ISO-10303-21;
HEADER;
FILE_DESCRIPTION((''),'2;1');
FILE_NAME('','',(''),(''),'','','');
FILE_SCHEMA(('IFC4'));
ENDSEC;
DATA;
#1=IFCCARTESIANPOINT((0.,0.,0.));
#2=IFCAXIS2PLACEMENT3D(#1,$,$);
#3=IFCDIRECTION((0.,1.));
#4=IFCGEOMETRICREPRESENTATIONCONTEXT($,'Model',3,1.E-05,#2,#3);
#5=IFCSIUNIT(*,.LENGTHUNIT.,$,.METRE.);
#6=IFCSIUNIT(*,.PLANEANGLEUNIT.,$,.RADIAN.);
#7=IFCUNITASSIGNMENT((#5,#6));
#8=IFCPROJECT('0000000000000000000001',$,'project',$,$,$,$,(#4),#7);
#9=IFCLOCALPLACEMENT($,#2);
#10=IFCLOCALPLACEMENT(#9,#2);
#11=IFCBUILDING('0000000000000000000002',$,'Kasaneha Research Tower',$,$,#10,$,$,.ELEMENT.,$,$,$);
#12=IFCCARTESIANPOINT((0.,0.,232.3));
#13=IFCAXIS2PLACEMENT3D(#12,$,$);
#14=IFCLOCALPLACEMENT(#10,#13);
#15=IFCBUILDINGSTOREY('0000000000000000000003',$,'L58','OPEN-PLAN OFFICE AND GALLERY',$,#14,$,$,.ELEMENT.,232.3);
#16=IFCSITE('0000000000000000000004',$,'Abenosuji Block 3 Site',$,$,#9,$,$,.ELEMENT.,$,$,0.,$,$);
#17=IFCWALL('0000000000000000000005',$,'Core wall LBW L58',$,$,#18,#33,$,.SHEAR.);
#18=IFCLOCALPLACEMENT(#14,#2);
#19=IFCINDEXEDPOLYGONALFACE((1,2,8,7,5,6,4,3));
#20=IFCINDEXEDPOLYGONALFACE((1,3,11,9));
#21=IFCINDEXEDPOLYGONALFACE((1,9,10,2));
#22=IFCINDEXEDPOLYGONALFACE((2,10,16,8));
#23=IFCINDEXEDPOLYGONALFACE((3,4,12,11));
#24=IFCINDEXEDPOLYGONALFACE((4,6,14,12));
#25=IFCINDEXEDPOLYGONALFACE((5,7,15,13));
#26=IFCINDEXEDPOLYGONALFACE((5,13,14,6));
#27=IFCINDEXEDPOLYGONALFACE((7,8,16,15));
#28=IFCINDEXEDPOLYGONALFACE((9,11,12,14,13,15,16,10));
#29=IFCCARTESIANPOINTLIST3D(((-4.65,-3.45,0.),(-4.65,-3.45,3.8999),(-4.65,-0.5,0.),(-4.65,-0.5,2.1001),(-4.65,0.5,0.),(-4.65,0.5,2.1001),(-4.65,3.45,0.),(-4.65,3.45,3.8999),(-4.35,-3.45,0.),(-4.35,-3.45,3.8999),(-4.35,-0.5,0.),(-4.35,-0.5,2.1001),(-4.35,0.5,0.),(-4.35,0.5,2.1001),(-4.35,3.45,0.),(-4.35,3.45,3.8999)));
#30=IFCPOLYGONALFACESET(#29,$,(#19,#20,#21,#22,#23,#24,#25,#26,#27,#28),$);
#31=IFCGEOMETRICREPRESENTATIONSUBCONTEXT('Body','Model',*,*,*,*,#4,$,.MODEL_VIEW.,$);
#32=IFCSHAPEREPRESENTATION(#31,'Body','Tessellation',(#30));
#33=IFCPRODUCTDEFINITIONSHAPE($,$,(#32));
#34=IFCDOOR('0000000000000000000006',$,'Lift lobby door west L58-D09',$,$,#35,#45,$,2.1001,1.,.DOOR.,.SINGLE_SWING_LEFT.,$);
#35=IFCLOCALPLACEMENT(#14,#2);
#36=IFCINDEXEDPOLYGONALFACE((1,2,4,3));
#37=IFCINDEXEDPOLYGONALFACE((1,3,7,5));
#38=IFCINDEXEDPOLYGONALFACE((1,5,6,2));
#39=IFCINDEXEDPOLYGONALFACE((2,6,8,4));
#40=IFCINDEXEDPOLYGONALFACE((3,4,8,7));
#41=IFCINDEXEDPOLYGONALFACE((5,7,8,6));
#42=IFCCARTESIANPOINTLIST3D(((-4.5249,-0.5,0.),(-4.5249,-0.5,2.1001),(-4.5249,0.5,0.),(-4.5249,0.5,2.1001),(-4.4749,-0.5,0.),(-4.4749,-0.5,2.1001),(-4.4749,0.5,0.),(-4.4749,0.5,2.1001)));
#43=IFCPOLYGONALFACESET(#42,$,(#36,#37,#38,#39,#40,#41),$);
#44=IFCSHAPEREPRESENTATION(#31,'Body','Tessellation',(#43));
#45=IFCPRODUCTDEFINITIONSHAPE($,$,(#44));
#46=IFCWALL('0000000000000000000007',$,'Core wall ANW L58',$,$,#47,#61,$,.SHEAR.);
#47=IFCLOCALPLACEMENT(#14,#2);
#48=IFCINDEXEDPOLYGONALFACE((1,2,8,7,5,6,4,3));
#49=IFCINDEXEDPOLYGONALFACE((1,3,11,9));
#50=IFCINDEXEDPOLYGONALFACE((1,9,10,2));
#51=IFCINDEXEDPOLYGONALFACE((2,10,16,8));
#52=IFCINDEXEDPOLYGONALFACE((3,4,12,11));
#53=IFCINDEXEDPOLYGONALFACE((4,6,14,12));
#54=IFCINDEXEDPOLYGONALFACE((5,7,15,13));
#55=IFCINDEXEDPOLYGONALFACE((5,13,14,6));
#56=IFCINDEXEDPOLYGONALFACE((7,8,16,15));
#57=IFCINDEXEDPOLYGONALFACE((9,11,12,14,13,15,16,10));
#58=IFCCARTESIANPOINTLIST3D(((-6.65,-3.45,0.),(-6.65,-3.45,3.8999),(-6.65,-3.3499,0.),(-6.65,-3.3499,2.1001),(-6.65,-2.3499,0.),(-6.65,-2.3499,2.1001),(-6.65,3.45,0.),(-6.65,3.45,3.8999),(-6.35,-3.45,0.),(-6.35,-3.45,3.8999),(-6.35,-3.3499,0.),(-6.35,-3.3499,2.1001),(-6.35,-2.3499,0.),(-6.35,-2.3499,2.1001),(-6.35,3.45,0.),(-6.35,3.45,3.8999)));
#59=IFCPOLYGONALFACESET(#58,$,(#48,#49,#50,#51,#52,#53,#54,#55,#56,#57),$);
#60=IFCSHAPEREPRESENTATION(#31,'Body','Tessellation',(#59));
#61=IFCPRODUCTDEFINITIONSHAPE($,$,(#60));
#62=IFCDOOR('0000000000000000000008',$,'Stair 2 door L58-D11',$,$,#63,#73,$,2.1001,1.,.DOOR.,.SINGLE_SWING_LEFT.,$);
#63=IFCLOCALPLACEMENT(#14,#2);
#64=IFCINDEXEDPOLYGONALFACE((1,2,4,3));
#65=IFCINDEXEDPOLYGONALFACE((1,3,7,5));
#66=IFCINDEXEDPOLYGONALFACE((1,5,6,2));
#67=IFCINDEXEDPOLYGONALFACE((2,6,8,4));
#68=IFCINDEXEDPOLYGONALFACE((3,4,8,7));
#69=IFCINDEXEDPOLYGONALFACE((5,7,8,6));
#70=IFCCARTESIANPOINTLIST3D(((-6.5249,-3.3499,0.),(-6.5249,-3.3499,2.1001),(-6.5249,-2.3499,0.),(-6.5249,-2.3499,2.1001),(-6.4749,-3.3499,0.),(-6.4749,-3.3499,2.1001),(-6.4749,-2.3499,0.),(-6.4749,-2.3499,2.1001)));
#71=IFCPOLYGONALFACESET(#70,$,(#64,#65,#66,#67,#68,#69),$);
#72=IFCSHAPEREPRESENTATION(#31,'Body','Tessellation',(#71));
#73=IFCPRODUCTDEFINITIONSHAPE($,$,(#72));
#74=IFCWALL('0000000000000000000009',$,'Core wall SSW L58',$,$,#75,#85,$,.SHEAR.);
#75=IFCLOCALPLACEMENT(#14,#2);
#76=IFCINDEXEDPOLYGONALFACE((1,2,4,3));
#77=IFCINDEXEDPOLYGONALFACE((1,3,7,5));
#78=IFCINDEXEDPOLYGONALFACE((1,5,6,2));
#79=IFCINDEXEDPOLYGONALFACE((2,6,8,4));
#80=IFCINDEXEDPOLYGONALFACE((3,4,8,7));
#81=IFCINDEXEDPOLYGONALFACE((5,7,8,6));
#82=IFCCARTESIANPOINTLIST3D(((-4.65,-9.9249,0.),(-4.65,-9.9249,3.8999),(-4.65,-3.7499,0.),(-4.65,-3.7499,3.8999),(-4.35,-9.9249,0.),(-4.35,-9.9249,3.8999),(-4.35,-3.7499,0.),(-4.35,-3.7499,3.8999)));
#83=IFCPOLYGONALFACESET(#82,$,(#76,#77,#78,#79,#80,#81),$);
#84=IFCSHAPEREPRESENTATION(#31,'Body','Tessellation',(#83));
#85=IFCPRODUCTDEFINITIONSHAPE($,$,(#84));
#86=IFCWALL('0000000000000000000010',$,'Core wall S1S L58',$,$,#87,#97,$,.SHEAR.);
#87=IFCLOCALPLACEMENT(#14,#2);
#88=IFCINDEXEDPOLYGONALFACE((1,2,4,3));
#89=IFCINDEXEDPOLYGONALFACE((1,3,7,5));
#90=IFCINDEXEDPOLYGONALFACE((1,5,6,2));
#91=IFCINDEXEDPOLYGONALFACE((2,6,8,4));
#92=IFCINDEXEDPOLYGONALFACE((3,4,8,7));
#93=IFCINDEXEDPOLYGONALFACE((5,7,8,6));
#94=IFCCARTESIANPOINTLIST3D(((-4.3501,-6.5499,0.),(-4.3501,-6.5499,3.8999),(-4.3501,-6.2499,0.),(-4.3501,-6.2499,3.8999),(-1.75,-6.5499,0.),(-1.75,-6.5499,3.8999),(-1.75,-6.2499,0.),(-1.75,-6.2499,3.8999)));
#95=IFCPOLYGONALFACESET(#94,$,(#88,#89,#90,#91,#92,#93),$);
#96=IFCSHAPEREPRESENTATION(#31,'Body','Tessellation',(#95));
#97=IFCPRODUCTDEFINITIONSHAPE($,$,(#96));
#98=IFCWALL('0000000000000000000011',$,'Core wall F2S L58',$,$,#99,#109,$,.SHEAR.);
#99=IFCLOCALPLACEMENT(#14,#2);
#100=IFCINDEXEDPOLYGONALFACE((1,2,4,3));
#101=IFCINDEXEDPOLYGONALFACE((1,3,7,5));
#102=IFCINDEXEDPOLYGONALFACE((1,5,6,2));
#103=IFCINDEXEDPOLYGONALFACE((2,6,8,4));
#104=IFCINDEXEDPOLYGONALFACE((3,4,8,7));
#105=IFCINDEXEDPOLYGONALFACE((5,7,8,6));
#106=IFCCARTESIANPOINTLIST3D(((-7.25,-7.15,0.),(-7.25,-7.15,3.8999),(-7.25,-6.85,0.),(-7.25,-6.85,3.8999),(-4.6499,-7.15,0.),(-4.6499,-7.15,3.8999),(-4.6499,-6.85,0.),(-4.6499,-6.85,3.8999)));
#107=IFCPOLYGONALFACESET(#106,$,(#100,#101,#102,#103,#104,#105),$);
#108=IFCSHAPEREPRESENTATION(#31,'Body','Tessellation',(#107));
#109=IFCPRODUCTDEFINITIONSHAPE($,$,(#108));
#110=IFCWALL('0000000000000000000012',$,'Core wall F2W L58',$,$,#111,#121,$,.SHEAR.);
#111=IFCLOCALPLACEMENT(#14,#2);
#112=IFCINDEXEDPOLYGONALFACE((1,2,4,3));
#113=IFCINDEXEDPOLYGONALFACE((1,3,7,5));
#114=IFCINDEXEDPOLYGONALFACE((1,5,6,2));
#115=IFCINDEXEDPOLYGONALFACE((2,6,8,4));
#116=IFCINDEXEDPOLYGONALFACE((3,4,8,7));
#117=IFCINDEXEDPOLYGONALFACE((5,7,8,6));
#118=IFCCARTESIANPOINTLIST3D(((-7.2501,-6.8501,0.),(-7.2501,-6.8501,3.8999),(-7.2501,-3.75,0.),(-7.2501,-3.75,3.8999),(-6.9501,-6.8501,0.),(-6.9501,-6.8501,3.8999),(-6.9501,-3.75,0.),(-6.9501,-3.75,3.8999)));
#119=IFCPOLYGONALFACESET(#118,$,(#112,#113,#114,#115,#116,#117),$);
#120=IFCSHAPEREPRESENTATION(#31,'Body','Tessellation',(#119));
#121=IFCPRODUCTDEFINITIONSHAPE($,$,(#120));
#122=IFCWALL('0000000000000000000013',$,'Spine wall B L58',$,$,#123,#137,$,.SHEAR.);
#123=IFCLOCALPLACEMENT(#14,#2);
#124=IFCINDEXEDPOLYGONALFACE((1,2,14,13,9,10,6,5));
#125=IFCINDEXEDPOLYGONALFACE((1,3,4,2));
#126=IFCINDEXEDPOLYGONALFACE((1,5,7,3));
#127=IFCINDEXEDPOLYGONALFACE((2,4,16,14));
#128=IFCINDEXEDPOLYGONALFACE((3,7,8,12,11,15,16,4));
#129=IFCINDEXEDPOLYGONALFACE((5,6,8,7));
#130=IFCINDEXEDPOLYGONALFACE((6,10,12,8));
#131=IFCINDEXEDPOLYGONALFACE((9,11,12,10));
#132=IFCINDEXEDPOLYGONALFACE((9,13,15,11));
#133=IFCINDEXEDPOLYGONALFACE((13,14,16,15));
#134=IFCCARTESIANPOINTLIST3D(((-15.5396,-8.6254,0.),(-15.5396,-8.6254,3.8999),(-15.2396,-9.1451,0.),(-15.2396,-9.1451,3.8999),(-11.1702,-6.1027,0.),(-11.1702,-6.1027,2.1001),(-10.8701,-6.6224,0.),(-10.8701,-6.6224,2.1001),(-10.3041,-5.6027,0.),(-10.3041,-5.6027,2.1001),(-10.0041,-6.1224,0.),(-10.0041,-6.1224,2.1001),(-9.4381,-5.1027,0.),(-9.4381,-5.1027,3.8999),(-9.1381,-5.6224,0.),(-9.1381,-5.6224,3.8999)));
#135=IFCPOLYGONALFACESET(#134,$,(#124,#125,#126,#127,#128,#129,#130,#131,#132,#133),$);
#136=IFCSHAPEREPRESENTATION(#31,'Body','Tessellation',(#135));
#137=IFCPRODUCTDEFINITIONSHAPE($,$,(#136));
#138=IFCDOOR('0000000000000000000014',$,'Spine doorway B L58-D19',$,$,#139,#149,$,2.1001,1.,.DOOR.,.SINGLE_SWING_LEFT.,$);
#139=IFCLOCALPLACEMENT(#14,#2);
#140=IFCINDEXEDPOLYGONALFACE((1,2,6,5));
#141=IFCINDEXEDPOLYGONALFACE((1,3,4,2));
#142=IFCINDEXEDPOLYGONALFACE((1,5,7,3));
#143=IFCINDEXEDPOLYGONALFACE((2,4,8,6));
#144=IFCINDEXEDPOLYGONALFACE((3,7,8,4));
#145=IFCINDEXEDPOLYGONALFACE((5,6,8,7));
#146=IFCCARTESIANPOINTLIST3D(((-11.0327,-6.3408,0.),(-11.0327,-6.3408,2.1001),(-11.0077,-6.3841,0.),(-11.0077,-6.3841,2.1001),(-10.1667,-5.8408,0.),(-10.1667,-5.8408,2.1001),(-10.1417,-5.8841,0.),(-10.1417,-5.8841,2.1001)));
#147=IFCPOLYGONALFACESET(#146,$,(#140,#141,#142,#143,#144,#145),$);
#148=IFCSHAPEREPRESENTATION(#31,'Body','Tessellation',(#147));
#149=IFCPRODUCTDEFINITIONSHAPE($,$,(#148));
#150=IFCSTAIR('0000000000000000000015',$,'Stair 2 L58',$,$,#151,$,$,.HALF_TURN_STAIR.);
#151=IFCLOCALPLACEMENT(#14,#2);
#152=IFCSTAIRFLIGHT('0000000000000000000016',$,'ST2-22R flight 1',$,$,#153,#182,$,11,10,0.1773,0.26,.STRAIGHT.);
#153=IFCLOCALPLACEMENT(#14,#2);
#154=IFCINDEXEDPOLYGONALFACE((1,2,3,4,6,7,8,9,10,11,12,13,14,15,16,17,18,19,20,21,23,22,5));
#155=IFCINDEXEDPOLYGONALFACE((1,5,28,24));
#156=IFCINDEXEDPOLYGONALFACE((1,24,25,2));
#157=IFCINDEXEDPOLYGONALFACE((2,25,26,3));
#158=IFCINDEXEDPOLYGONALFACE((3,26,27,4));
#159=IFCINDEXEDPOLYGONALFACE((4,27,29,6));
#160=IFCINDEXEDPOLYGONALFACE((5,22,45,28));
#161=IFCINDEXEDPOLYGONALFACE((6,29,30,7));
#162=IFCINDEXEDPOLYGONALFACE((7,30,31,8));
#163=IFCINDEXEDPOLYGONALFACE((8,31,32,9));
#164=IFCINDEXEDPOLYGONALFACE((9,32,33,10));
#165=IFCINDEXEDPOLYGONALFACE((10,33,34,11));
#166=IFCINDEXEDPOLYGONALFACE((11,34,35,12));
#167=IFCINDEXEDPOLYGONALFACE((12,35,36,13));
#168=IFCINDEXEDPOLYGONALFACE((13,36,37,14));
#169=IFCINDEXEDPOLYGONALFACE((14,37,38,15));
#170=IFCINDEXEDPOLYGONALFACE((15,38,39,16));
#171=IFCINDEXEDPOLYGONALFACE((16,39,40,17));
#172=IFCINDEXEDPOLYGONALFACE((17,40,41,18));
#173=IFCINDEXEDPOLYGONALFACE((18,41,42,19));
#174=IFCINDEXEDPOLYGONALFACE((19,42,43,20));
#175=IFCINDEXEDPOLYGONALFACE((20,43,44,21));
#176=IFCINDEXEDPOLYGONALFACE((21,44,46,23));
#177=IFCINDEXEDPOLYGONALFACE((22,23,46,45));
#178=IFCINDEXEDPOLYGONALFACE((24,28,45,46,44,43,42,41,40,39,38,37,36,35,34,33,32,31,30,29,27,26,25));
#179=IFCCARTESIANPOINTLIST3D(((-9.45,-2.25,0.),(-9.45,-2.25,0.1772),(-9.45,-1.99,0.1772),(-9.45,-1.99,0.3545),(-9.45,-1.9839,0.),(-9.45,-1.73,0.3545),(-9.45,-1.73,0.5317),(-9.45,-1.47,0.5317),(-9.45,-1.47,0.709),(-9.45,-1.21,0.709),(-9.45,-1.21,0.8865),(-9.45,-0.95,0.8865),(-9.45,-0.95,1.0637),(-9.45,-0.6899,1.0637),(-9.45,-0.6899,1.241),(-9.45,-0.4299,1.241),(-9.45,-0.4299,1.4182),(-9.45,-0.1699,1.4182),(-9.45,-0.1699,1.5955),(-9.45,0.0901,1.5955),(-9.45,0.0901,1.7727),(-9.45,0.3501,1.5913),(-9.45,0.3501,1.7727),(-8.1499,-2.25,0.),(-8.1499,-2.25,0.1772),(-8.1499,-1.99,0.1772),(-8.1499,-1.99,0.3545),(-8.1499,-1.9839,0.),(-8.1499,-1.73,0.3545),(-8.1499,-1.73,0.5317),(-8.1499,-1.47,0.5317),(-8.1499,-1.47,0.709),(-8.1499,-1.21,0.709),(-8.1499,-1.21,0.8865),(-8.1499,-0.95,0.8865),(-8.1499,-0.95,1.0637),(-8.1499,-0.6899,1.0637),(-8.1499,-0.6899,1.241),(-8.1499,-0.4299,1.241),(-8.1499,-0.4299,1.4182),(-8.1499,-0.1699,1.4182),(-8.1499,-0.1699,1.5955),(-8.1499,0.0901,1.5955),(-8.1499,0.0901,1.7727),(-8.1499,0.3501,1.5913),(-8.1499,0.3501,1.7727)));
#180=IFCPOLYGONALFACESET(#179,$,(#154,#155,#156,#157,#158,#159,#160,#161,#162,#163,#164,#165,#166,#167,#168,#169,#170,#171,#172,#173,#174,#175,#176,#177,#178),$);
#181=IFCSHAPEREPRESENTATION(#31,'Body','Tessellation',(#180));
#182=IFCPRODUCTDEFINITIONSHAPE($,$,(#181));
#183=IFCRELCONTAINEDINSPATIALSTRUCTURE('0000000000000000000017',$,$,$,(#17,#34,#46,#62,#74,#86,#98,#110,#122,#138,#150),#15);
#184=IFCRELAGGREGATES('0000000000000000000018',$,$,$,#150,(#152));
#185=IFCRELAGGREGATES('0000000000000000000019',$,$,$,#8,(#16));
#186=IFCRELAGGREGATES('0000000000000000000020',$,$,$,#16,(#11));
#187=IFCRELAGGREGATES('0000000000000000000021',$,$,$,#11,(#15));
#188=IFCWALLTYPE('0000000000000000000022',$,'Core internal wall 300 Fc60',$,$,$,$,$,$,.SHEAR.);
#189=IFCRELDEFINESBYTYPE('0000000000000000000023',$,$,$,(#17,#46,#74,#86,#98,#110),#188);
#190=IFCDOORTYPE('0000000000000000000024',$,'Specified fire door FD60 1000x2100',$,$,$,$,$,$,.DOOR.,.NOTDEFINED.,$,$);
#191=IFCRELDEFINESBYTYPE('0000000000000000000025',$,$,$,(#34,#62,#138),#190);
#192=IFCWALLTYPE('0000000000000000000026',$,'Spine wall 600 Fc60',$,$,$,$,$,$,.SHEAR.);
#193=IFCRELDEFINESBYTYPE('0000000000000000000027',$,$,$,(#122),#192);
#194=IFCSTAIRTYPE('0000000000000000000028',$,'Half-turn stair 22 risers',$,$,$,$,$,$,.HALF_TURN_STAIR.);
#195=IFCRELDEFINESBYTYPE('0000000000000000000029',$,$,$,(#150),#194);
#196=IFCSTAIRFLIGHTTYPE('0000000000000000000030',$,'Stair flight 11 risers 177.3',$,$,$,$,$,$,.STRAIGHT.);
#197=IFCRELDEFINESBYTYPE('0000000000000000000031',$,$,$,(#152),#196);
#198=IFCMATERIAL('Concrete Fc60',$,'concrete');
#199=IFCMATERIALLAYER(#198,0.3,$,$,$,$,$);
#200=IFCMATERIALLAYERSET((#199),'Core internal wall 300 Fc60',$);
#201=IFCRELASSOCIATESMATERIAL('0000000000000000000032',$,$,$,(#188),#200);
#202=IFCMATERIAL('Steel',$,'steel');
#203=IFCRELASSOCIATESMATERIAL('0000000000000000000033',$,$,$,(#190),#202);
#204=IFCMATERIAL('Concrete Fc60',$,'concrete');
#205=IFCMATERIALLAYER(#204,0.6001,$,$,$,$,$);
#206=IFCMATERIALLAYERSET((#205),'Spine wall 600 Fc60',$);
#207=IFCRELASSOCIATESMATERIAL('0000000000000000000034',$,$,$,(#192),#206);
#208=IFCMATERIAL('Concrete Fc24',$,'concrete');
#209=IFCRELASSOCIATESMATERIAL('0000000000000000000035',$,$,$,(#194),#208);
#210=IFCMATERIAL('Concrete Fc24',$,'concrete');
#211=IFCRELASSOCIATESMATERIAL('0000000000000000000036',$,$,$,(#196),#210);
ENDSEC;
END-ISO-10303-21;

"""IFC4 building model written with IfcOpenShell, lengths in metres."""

from ifc_helpers import new_model, si_unit, direction, frame, frame_2d, origin, place, context, subcontext, project, spatial, polyline, rectangle, outline, extrude, material, layer, layer_set, type_object, element, fill, aggregate, save


model = new_model("IFC4")

# Units and contexts
model_context = context("Model", 3, precision=1e-05, world=origin(), true_north=direction((0.0, 1.0)))
body_context = subcontext(model_context, "Body", "Model", "MODEL_VIEW")
ifc_project = project(units=[si_unit("LENGTHUNIT", "METRE"), si_unit("PLANEANGLEUNIT", "RADIAN")], contexts=[model_context])

# Site, building, storey
site_placement = place(None, origin())
site = spatial("IfcSite", under=ifc_project, at=site_placement, Name="Abenosuji Block 3 Site", CompositionType="ELEMENT", RefElevation=0.0)
building_placement = place(site_placement, origin())
building = spatial("IfcBuilding", under=site, at=building_placement, Name="Kasaneha Research Tower", CompositionType="ELEMENT")
storey_placement = place(building_placement, frame((0.0, 0.0, 232.3)))
storey = spatial("IfcBuildingStorey", under=building, at=storey_placement, Name="L58", Description="OPEN-PLAN OFFICE AND GALLERY", CompositionType="ELEMENT", Elevation=232.3)

# Shared definitions
ifc_material_1 = material(Name="Concrete Fc60", Category="concrete")
ifc_layer_1 = layer(ifc_material_1, 0.3)
ifc_layer_set_1 = layer_set([ifc_layer_1], Name="Core internal wall 300 Fc60")
wall_type_1 = type_object("IfcWallType", Name="Core internal wall 300 Fc60", PredefinedType="SHEAR", material=ifc_layer_set_1)

# Walls, openings, doors
wall_1_placement = place(storey_placement, frame((-4.5, -3.45, 0.0), z_axis=(0.0, 0.0, 1.0), x_axis=(0.0, 1.0, 0.0)))
wall_1 = element("IfcWall", 1, at=wall_1_placement, inside=storey, type_object=wall_type_1, Name="Core wall LBW L58", PredefinedType="SHEAR", context=body_context, shape_type="SweptSolid", body=[
    extrude(rectangle(XDim=6.8999, YDim=0.3, at=frame_2d((3.45, 0.0))), origin(), (0.0, 0.0, 1.0), 3.8999),
])
opening_1_placement = place(wall_1_placement, frame((2.95, 0.0, 0.0)))
opening_1 = element("IfcOpeningElement", 2, at=opening_1_placement, cuts=wall_1, PredefinedType="OPENING", context=body_context, shape_type="SweptSolid", body=[
    extrude(rectangle(XDim=1.0, YDim=2.1001, at=frame_2d((0.5, 1.05))), frame((0.0, 0.1602, 0.0), z_axis=(0.0, -1.0, 0.0), x_axis=(1.0, 0.0, 0.0)), (0.0, 0.0, 1.0), 0.3201),
])
ifc_material_2 = material(Name="Steel", Category="steel")
door_type_1 = type_object("IfcDoorType", Name="Specified fire door FD60 1000x2100", OperationType="NOTDEFINED", PredefinedType="DOOR", material=ifc_material_2)
door_1_placement = place(opening_1_placement, origin())
door_1 = element("IfcDoor", 3, at=door_1_placement, inside=storey, type_object=door_type_1, Name="Lift lobby door west L58-D09", OperationType="SINGLE_SWING_LEFT", OverallHeight=2.1001, OverallWidth=1.0, PredefinedType="DOOR", context=body_context, shape_type="SweptSolid", body=[
    extrude(rectangle(XDim=1.0, YDim=2.1001, at=frame_2d((0.5, 1.05))), frame((0.0, 0.0249, 0.0), z_axis=(0.0, -1.0, 0.0), x_axis=(1.0, 0.0, 0.0)), (0.0, 0.0, 1.0), 0.05),
])
fill(opening_1, door_1)
wall_2_placement = place(storey_placement, frame((-6.5, -3.45, 0.0), z_axis=(0.0, 0.0, 1.0), x_axis=(0.0, 1.0, 0.0)))
wall_2 = element("IfcWall", 4, at=wall_2_placement, inside=storey, type_object=wall_type_1, Name="Core wall ANW L58", PredefinedType="SHEAR", context=body_context, shape_type="SweptSolid", body=[
    extrude(rectangle(XDim=6.8999, YDim=0.3, at=frame_2d((3.45, 0.0))), origin(), (0.0, 0.0, 1.0), 3.8999),
])
opening_2_placement = place(wall_2_placement, frame((0.1001, 0.0, 0.0)))
opening_2 = element("IfcOpeningElement", 5, at=opening_2_placement, cuts=wall_2, PredefinedType="OPENING", context=body_context, shape_type="SweptSolid", body=[
    extrude(rectangle(XDim=1.0, YDim=2.1001, at=frame_2d((0.5, 1.05))), frame((0.0, 0.1602, 0.0), z_axis=(0.0, -1.0, 0.0), x_axis=(1.0, 0.0, 0.0)), (0.0, 0.0, 1.0), 0.3201),
])
door_2_placement = place(opening_2_placement, origin())
door_2 = element("IfcDoor", 6, at=door_2_placement, inside=storey, type_object=door_type_1, Name="Stair 2 door L58-D11", OperationType="SINGLE_SWING_LEFT", OverallHeight=2.1001, OverallWidth=1.0, PredefinedType="DOOR", context=body_context, shape_type="SweptSolid", body=[
    extrude(rectangle(XDim=1.0, YDim=2.1001, at=frame_2d((0.5, 1.05))), frame((0.0, 0.0249, 0.0), z_axis=(0.0, -1.0, 0.0), x_axis=(1.0, 0.0, 0.0)), (0.0, 0.0, 1.0), 0.05),
])
fill(opening_2, door_2)

# Walls
wall_3_placement = place(storey_placement, frame((-4.5, -3.75, 0.0), z_axis=(0.0, 0.0, 1.0), x_axis=(0.0, -1.0, 0.0)))
element("IfcWall", 7, at=wall_3_placement, inside=storey, type_object=wall_type_1, Name="Core wall SSW L58", PredefinedType="SHEAR", context=body_context, shape_type="SweptSolid", body=[
    extrude(rectangle(XDim=6.175, YDim=0.3, at=frame_2d((3.0874, 0.0))), origin(), (0.0, 0.0, 1.0), 3.8999),
])
for number, where, z_axis, x_axis, name in (
    (8, (-4.3501, -6.3999, 0.0), (0.0, 0.0, 1.0), (1.0, 0.0, 0.0), "Core wall S1S L58"),
    (9, (-7.25, -7.0, 0.0), (0.0, 0.0, 1.0), (1.0, 0.0, 0.0), "Core wall F2S L58"),
):
    element("IfcWall", number, at=place(storey_placement, frame(where, z_axis=z_axis, x_axis=x_axis)), inside=storey, type_object=wall_type_1, Name=name, PredefinedType="SHEAR", context=body_context, shape_type="SweptSolid", body=[
        extrude(rectangle(XDim=2.6001, YDim=0.3, at=frame_2d((1.3, 0.0))), origin(), (0.0, 0.0, 1.0), 3.8999),
    ])
wall_4_placement = place(storey_placement, frame((-7.1001, -3.75, 0.0), z_axis=(0.0, 0.0, 1.0), x_axis=(0.0, -1.0, 0.0)))
element("IfcWall", 10, at=wall_4_placement, inside=storey, type_object=wall_type_1, Name="Core wall F2W L58", PredefinedType="SHEAR", context=body_context, shape_type="SweptSolid", body=[
    extrude(rectangle(XDim=3.1001, YDim=0.3, at=frame_2d((1.55, 0.0))), origin(), (0.0, 0.0, 1.0), 3.8999),
])

# Wall, opening, door
ifc_material_3 = material(Name="Concrete Fc60", Category="concrete")
ifc_layer_2 = layer(ifc_material_3, 0.6001)
ifc_layer_set_2 = layer_set([ifc_layer_2], Name="Spine wall 600 Fc60")
wall_type_2 = type_object("IfcWallType", Name="Spine wall 600 Fc60", PredefinedType="SHEAR", material=ifc_layer_set_2)
wall_5_placement = place(storey_placement, frame((-9.2881, -5.3625, 0.0), z_axis=(0.0, 0.0, 1.0), x_axis=(-0.866027, -0.499996, 0.0)))
wall_5 = element("IfcWall", 11, at=wall_5_placement, inside=storey, type_object=wall_type_2, Name="Spine wall B L58", PredefinedType="SHEAR", context=body_context, shape_type="SweptSolid", body=[
    extrude(rectangle(XDim=7.0454, YDim=0.6001, at=frame_2d((3.5227, 0.0))), origin(), (0.0, 0.0, 1.0), 3.8999),
])
opening_3_placement = place(wall_5_placement, frame((1.0, 0.0, 0.0)))
opening_3 = element("IfcOpeningElement", 12, at=opening_3_placement, cuts=wall_5, PredefinedType="OPENING", context=body_context, shape_type="SweptSolid", body=[
    extrude(rectangle(XDim=1.0, YDim=2.1001, at=frame_2d((0.5, 1.05))), frame((0.0, 0.3101, 0.0), z_axis=(0.0, -1.0, 0.0), x_axis=(1.0, 0.0, 0.0)), (0.0, 0.0, 1.0), 0.6201),
])
door_3_placement = place(opening_3_placement, origin())
door_3 = element("IfcDoor", 13, at=door_3_placement, inside=storey, type_object=door_type_1, Name="Spine doorway B L58-D19", OperationType="SINGLE_SWING_LEFT", OverallHeight=2.1001, OverallWidth=1.0, PredefinedType="DOOR", context=body_context, shape_type="SweptSolid", body=[
    extrude(rectangle(XDim=1.0, YDim=2.1001, at=frame_2d((0.5, 1.05))), frame((0.0, 0.0249, 0.0), z_axis=(0.0, -1.0, 0.0), x_axis=(1.0, 0.0, 0.0)), (0.0, 0.0, 1.0), 0.05),
])
fill(opening_3, door_3)

# Stair, stair flight
ifc_material_4 = material(Name="Concrete Fc24", Category="concrete")
stair_type = type_object("IfcStairType", Name="Half-turn stair 22 risers", PredefinedType="HALF_TURN_STAIR", material=ifc_material_4)
stair_placement = place(storey_placement, origin())
stair = element("IfcStair", 14, at=stair_placement, inside=storey, type_object=stair_type, Name="Stair 2 L58", PredefinedType="HALF_TURN_STAIR")
ifc_material_5 = material(Name="Concrete Fc24", Category="concrete")
stair_flight_type = type_object("IfcStairFlightType", Name="Stair flight 11 risers 177.3", PredefinedType="STRAIGHT", material=ifc_material_5)
stair_flight_placement = place(storey_placement, frame((-8.8, -2.25, 0.0), z_axis=(0.0, 0.0, 1.0), x_axis=(0.0, 1.0, 0.0)))
stair_flight = element("IfcStairFlight", 15, at=stair_flight_placement, type_object=stair_flight_type, Name="ST2-22R flight 1", NumberOfRisers=11, NumberOfTreads=10, PredefinedType="STRAIGHT", RiserHeight=0.1773, TreadLength=0.26, context=body_context, shape_type="SweptSolid", body=[
    extrude(outline(polyline([(0.0, 0.0), (0.0, 0.1772), (0.26, 0.1772), (0.26, 0.3545), (0.52, 0.3545), (0.52, 0.5317), (0.78, 0.5317), (0.78, 0.709), (1.04, 0.709), (1.04, 0.8865), (1.3, 0.8865), (1.3, 1.0637), (1.5601, 1.0637), (1.5601, 1.241), (1.8201, 1.241), (1.8201, 1.4182), (2.0801, 1.4182), (2.0801, 1.5955), (2.3401, 1.5955), (2.3401, 1.7727), (2.6001, 1.7727), (2.6001, 1.95), (2.6001, 1.5913), (0.2661, 0.0), (0.0, 0.0)])), frame((0.0, 0.6499, 0.0), z_axis=(0.0, -1.0, 0.0), x_axis=(1.0, 0.0, 0.0)), (0.0, 0.0, 1.0), 1.3),
])
aggregate(stair, [stair_flight])

save(model, "model.ifc")
